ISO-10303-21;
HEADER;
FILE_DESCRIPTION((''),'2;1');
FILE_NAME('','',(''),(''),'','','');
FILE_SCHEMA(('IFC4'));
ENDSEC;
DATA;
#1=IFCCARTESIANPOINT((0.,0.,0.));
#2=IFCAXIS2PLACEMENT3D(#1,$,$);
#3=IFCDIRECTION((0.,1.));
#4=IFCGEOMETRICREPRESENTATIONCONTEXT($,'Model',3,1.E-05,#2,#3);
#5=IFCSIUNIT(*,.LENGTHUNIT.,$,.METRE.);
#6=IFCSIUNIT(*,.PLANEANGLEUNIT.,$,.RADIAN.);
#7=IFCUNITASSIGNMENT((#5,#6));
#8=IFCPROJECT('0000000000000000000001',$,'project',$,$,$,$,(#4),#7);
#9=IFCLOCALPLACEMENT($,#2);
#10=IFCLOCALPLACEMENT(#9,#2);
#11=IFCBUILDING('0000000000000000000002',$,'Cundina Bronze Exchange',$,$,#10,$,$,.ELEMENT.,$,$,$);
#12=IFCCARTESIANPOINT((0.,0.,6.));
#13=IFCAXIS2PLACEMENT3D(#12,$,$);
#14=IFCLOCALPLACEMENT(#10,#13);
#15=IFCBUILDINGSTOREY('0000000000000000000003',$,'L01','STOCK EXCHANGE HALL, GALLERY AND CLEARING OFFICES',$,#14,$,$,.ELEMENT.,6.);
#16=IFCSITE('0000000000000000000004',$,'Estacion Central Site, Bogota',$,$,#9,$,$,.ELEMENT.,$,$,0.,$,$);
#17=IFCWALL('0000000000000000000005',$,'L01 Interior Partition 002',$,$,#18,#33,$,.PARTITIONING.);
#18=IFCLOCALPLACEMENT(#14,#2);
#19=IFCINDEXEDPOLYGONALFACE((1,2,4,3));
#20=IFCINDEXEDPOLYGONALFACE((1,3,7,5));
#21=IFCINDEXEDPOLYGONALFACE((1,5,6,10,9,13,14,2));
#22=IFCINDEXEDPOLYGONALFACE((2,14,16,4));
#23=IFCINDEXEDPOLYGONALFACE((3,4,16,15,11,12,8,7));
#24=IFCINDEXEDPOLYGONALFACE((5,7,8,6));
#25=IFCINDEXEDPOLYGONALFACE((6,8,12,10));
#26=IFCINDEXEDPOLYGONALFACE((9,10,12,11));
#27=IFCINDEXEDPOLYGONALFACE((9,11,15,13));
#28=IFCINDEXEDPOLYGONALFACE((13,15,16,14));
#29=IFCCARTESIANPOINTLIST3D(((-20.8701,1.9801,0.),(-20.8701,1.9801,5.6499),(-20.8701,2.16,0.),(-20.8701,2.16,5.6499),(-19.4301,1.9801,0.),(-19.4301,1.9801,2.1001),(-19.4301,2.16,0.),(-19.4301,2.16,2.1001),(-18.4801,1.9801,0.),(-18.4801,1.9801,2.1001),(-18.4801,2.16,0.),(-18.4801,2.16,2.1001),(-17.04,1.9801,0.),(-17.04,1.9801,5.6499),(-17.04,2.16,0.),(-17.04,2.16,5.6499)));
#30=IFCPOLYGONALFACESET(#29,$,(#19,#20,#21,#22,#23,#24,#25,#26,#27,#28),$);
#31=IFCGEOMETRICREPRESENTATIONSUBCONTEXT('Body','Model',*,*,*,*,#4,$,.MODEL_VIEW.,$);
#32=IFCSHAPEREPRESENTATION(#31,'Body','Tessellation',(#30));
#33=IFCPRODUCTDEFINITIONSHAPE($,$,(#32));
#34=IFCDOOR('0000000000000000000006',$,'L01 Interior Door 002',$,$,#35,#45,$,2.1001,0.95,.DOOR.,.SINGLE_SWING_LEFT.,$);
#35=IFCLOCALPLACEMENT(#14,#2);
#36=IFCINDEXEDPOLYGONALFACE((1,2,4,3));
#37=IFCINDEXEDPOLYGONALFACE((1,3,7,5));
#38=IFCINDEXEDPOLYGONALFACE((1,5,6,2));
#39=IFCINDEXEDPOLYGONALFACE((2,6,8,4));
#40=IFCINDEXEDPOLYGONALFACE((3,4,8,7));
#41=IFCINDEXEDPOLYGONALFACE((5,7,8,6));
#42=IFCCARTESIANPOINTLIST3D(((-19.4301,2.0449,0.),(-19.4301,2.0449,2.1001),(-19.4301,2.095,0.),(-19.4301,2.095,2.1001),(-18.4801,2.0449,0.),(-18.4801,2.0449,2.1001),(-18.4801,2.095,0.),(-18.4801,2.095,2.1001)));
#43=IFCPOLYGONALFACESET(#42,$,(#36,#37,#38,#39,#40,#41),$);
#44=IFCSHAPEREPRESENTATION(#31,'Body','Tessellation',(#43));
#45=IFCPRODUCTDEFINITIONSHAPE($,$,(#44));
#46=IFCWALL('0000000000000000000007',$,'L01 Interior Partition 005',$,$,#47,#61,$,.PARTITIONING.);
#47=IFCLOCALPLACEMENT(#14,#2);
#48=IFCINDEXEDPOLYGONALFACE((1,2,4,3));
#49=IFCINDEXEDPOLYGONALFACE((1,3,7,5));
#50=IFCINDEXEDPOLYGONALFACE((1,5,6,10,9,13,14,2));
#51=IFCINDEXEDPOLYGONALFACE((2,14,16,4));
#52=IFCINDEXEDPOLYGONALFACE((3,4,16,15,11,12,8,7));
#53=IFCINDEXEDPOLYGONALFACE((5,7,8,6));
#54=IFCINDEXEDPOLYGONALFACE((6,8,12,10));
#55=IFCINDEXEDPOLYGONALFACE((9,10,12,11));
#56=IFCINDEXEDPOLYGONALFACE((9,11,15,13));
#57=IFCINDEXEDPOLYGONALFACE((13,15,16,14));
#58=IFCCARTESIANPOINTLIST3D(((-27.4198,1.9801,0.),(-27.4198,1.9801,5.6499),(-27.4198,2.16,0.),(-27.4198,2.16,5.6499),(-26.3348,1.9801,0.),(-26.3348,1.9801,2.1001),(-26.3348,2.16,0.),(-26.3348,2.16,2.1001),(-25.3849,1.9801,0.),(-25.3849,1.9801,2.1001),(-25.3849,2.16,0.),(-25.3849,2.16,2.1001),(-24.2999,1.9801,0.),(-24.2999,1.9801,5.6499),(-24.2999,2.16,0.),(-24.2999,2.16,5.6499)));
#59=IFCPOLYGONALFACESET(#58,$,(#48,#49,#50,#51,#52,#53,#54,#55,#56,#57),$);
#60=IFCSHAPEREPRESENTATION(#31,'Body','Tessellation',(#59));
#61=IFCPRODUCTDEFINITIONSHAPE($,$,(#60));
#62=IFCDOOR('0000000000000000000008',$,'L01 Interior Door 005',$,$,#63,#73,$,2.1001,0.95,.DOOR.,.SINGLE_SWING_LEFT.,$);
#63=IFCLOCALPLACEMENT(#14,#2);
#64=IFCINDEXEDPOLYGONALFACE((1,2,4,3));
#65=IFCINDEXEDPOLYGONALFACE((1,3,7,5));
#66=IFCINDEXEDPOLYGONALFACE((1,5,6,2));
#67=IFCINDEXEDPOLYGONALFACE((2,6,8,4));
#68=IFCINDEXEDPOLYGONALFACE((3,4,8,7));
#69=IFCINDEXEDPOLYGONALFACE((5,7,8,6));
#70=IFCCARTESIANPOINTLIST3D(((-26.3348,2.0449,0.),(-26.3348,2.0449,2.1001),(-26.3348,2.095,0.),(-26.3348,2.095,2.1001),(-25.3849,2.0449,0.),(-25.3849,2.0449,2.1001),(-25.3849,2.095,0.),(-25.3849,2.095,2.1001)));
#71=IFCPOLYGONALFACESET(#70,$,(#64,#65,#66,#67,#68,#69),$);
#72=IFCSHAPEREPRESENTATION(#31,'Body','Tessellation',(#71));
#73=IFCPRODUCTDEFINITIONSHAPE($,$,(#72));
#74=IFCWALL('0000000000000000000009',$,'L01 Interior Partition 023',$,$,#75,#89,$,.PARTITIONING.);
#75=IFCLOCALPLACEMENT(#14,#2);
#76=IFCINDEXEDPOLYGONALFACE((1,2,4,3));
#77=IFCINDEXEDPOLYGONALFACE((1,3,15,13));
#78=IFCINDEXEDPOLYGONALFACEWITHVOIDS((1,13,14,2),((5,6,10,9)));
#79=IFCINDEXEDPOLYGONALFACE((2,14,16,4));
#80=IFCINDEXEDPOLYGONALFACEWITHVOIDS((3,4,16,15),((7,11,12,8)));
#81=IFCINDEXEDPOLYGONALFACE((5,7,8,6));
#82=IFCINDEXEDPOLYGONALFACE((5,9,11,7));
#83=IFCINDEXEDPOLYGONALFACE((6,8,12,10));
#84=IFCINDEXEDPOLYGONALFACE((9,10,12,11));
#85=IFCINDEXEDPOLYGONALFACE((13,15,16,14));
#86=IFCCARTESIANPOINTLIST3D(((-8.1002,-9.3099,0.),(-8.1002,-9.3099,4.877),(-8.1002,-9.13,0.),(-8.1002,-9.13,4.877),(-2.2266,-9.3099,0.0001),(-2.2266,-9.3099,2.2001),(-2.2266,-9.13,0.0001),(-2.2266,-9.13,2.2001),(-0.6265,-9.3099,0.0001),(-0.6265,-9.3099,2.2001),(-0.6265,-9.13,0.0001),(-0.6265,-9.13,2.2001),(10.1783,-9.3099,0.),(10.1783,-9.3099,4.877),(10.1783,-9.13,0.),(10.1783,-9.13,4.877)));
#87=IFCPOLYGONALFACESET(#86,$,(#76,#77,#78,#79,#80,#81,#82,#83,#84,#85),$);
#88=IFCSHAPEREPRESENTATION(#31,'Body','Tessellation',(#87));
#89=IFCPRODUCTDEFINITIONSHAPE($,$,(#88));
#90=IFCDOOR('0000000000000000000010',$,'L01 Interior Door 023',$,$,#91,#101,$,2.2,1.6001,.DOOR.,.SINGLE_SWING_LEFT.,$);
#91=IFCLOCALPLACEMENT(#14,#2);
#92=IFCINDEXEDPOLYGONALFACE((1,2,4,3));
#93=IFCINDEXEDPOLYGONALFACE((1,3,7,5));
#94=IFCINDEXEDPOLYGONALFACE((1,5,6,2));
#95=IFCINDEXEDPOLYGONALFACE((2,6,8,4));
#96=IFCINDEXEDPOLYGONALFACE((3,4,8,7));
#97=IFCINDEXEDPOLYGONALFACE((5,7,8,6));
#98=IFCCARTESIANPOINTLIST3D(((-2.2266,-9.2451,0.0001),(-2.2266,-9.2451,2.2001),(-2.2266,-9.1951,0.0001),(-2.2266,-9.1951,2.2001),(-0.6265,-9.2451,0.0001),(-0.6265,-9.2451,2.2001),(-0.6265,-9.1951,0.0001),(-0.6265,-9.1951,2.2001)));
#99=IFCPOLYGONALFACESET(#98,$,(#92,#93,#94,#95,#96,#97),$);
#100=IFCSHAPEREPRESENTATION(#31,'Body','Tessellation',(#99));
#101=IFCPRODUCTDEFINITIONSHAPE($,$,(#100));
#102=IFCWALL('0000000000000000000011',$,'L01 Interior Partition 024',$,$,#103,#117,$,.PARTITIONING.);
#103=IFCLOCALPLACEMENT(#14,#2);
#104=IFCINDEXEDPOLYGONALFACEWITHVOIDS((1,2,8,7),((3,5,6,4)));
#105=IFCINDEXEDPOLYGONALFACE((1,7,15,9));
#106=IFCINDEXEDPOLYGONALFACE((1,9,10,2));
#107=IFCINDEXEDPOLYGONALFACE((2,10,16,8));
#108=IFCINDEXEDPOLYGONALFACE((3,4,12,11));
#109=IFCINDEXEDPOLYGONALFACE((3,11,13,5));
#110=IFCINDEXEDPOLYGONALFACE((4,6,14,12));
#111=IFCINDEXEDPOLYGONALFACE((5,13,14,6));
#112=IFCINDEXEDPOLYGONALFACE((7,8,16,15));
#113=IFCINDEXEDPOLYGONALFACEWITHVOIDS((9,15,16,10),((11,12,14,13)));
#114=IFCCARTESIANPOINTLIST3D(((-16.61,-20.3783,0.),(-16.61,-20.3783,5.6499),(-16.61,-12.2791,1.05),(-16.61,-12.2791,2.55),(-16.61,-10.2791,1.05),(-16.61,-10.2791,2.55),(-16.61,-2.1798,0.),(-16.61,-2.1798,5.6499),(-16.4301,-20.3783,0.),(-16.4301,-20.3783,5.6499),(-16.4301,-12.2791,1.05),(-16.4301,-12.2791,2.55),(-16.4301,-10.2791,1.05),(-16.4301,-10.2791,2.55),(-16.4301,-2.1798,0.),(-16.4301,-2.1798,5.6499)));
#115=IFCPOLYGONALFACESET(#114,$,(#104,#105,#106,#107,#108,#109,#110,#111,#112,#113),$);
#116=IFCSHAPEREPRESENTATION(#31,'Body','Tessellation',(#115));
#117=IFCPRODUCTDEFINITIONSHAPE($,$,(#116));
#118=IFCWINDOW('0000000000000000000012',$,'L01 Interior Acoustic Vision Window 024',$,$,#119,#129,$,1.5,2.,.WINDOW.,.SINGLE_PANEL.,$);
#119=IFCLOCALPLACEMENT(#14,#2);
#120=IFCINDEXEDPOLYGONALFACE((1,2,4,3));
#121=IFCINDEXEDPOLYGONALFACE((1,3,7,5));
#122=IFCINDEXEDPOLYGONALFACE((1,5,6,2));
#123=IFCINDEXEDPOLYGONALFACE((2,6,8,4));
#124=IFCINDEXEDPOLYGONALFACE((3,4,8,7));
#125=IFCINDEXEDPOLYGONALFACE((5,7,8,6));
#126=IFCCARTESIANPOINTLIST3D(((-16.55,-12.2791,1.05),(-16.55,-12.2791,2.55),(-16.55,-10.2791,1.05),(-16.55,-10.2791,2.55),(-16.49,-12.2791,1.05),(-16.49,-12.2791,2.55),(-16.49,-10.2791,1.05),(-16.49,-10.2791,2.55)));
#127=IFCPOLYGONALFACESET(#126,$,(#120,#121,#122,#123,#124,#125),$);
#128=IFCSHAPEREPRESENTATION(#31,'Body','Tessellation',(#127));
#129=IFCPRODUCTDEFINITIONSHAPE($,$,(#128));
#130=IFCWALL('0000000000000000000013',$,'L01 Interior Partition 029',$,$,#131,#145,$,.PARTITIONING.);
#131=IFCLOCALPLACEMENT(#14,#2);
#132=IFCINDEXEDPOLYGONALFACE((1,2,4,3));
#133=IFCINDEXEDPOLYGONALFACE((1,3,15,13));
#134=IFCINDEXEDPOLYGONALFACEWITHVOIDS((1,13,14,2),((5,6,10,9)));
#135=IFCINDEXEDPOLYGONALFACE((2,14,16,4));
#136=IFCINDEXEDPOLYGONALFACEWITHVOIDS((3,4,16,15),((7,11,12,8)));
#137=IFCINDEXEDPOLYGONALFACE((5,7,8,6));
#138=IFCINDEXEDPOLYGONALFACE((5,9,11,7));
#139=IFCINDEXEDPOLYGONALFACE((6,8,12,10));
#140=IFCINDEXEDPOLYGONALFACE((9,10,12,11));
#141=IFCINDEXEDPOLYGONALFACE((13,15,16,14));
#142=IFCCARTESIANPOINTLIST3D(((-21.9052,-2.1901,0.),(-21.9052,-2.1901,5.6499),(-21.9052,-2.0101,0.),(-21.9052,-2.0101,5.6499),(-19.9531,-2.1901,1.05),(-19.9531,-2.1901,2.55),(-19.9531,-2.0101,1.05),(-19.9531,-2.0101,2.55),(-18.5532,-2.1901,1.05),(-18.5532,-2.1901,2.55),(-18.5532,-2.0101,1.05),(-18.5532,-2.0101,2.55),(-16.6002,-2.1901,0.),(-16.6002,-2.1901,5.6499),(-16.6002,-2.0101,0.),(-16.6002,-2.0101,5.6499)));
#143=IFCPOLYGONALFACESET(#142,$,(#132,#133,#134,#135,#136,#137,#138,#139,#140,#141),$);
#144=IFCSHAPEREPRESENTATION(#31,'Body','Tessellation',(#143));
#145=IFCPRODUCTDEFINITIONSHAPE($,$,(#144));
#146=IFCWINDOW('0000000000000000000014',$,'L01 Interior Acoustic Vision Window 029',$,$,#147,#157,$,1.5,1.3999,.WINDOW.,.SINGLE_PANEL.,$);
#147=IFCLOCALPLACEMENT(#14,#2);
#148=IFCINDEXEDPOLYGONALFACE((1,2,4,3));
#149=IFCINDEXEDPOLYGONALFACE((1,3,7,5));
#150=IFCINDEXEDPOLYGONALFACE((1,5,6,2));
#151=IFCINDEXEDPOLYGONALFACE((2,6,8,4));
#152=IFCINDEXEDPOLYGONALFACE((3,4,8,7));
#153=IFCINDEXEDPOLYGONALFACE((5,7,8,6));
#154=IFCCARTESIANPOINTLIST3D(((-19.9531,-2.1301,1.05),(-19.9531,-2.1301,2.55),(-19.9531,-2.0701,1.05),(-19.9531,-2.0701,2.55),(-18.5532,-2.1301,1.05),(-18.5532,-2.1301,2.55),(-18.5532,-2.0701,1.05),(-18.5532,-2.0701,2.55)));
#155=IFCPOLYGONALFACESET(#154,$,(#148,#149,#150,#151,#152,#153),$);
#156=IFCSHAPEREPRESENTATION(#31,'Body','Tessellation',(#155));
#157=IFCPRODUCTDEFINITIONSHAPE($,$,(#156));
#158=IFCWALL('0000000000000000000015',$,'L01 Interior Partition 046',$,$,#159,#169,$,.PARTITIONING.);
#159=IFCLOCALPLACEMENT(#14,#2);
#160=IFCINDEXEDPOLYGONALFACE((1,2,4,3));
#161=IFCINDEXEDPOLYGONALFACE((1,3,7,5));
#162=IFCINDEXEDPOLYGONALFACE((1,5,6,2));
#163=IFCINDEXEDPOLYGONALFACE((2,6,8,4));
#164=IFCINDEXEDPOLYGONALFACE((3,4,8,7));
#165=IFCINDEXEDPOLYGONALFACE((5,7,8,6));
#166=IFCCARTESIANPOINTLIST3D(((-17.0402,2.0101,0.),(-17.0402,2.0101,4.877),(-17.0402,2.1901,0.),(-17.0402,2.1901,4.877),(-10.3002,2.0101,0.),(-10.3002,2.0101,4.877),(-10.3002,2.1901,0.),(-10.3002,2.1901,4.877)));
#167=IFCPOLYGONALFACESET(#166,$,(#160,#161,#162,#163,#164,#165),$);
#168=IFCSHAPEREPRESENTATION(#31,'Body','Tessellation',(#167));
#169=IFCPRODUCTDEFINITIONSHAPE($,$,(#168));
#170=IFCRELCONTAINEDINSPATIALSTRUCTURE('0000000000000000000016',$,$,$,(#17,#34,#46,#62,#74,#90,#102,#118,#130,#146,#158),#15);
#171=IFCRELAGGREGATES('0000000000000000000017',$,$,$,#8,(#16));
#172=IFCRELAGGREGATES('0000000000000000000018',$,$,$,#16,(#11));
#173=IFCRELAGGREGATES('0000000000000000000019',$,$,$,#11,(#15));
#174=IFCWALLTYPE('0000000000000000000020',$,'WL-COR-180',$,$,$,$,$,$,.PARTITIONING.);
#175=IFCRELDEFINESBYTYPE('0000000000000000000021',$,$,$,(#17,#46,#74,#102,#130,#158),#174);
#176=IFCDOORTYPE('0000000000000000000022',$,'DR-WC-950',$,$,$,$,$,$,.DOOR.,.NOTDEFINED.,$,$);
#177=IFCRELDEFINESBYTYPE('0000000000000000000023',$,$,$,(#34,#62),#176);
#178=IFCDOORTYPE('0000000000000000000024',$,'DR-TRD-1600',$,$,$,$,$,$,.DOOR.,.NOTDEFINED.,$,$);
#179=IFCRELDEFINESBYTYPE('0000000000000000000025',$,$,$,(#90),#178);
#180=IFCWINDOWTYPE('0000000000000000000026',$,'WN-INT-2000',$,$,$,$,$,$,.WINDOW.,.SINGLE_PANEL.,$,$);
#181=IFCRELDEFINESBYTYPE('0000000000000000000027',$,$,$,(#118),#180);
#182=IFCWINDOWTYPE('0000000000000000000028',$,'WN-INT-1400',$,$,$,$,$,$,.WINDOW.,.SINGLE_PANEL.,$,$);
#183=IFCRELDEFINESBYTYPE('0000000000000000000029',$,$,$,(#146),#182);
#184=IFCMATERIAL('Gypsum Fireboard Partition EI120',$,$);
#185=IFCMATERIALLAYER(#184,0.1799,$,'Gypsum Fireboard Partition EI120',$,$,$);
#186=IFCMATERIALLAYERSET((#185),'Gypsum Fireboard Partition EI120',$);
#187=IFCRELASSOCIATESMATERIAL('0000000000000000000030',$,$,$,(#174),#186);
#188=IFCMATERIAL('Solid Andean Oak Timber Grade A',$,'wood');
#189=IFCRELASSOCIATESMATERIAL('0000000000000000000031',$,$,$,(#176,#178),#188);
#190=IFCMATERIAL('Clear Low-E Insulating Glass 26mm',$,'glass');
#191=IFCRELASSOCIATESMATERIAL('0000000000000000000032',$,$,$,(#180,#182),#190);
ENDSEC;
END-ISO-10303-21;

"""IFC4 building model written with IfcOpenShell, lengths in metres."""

from ifc_helpers import new_model, si_unit, direction, frame, frame_2d, origin, place, context, subcontext, project, spatial, rectangle, extrude, material, layer, layer_set, type_object, element, fill, save


model = new_model("IFC4")

# Units and contexts
model_context = context("Model", 3, precision=1e-05, world=origin(), true_north=direction((0.0, 1.0)))
body_context = subcontext(model_context, "Body", "Model", "MODEL_VIEW")
ifc_project = project(units=[si_unit("LENGTHUNIT", "METRE"), si_unit("PLANEANGLEUNIT", "RADIAN")], contexts=[model_context])

# Site, building, storey
site_placement = place(None, origin())
site = spatial("IfcSite", under=ifc_project, at=site_placement, Name="Estacion Central Site, Bogota", CompositionType="ELEMENT", RefElevation=0.0)
building_placement = place(site_placement, origin())
building = spatial("IfcBuilding", under=site, at=building_placement, Name="Cundina Bronze Exchange", CompositionType="ELEMENT")
storey_placement = place(building_placement, frame((0.0, 0.0, 6.0)))
storey = spatial("IfcBuildingStorey", under=building, at=storey_placement, Name="L01", Description="STOCK EXCHANGE HALL, GALLERY AND CLEARING OFFICES", CompositionType="ELEMENT", Elevation=6.0)

# Shared definitions
ifc_material_1 = material(Name="Gypsum Fireboard Partition EI120")
ifc_layer_1 = layer(ifc_material_1, 0.1799, Name="Gypsum Fireboard Partition EI120")
ifc_layer_set_1 = layer_set([ifc_layer_1], Name="Gypsum Fireboard Partition EI120")
wall_type_1 = type_object("IfcWallType", Name="WL-COR-180", PredefinedType="PARTITIONING", material=ifc_layer_set_1)

# Walls, openings, doors
wall_1_placement = place(storey_placement, frame((-20.8701, 2.0701, 0.0), z_axis=(0.0, 0.0, 1.0), x_axis=(1.0, 0.0, 0.0)))
wall_1 = element("IfcWall", 1, at=wall_1_placement, inside=storey, type_object=wall_type_1, Name="L01 Interior Partition 002", PredefinedType="PARTITIONING", context=body_context, shape_type="SweptSolid", body=[
    extrude(rectangle(XDim=3.8301, YDim=0.1799, at=frame_2d((1.915, 0.0))), origin(), (0.0, 0.0, 1.0), 5.6499),
])
opening_1_placement = place(wall_1_placement, frame((1.4399, 0.0, 0.0)))
opening_1 = element("IfcOpeningElement", 2, at=opening_1_placement, cuts=wall_1, PredefinedType="OPENING", context=body_context, shape_type="SweptSolid", body=[
    extrude(rectangle(XDim=0.95, YDim=2.1001, at=frame_2d((0.4751, 1.05))), frame((0.0, 0.0999, 0.0), z_axis=(0.0, -1.0, 0.0), x_axis=(1.0, 0.0, 0.0)), (0.0, 0.0, 1.0), 0.2),
])
ifc_material_2 = material(Name="Solid Andean Oak Timber Grade A", Category="wood")
door_type_1 = type_object("IfcDoorType", Name="DR-WC-950", OperationType="NOTDEFINED", PredefinedType="DOOR", material=ifc_material_2)
door_1_placement = place(opening_1_placement, origin())
door_1 = element("IfcDoor", 3, at=door_1_placement, inside=storey, type_object=door_type_1, Name="L01 Interior Door 002", OperationType="SINGLE_SWING_LEFT", OverallHeight=2.1001, OverallWidth=0.95, PredefinedType="DOOR", context=body_context, shape_type="SweptSolid", body=[
    extrude(rectangle(XDim=0.95, YDim=2.1001, at=frame_2d((0.4751, 1.05))), frame((0.0, 0.0249, 0.0), z_axis=(0.0, -1.0, 0.0), x_axis=(1.0, 0.0, 0.0)), (0.0, 0.0, 1.0), 0.05),
])
fill(opening_1, door_1)
wall_2_placement = place(storey_placement, frame((-27.4199, 2.0701, 0.0), z_axis=(0.0, 0.0, 1.0), x_axis=(1.0, 0.0, 0.0)))
wall_2 = element("IfcWall", 4, at=wall_2_placement, inside=storey, type_object=wall_type_1, Name="L01 Interior Partition 005", PredefinedType="PARTITIONING", context=body_context, shape_type="SweptSolid", body=[
    extrude(rectangle(XDim=3.1199, YDim=0.1799, at=frame_2d((1.5601, 0.0))), origin(), (0.0, 0.0, 1.0), 5.6499),
])
opening_2_placement = place(wall_2_placement, frame((1.085, 0.0, 0.0)))
opening_2 = element("IfcOpeningElement", 5, at=opening_2_placement, cuts=wall_2, PredefinedType="OPENING", context=body_context, shape_type="SweptSolid", body=[
    extrude(rectangle(XDim=0.95, YDim=2.1001, at=frame_2d((0.4751, 1.05))), frame((0.0, 0.0999, 0.0), z_axis=(0.0, -1.0, 0.0), x_axis=(1.0, 0.0, 0.0)), (0.0, 0.0, 1.0), 0.2),
])
door_2_placement = place(opening_2_placement, origin())
door_2 = element("IfcDoor", 6, at=door_2_placement, inside=storey, type_object=door_type_1, Name="L01 Interior Door 005", OperationType="SINGLE_SWING_LEFT", OverallHeight=2.1001, OverallWidth=0.95, PredefinedType="DOOR", context=body_context, shape_type="SweptSolid", body=[
    extrude(rectangle(XDim=0.95, YDim=2.1001, at=frame_2d((0.4751, 1.05))), frame((0.0, 0.0249, 0.0), z_axis=(0.0, -1.0, 0.0), x_axis=(1.0, 0.0, 0.0)), (0.0, 0.0, 1.0), 0.05),
])
fill(opening_2, door_2)
wall_3_placement = place(storey_placement, frame((-8.1001, -9.22, 0.0), z_axis=(0.0, 0.0, 1.0), x_axis=(1.0, 0.0, 0.0)))
wall_3 = element("IfcWall", 7, at=wall_3_placement, inside=storey, type_object=wall_type_1, Name="L01 Interior Partition 023", PredefinedType="PARTITIONING", context=body_context, shape_type="SweptSolid", body=[
    extrude(rectangle(XDim=18.2786, YDim=0.1799, at=frame_2d((9.1392, 0.0))), origin(), (0.0, 0.0, 1.0), 4.877),
])
opening_3_placement = place(wall_3_placement, frame((5.8735, 0.0, 0.0)))
opening_3 = element("IfcOpeningElement", 8, at=opening_3_placement, cuts=wall_3, PredefinedType="OPENING", context=body_context, shape_type="SweptSolid", body=[
    extrude(rectangle(XDim=1.6001, YDim=2.2, at=frame_2d((0.8, 1.1001))), frame((0.0, 0.0999, 0.0), z_axis=(0.0, -1.0, 0.0), x_axis=(1.0, 0.0, 0.0)), (0.0, 0.0, 1.0), 0.2),
])
door_type_2 = type_object("IfcDoorType", Name="DR-TRD-1600", OperationType="NOTDEFINED", PredefinedType="DOOR", material=ifc_material_2)
door_3_placement = place(opening_3_placement, origin())
door_3 = element("IfcDoor", 9, at=door_3_placement, inside=storey, type_object=door_type_2, Name="L01 Interior Door 023", OperationType="SINGLE_SWING_LEFT", OverallHeight=2.2, OverallWidth=1.6001, PredefinedType="DOOR", context=body_context, shape_type="SweptSolid", body=[
    extrude(rectangle(XDim=1.6001, YDim=2.2, at=frame_2d((0.8, 1.1001))), frame((0.0, 0.0249, 0.0), z_axis=(0.0, -1.0, 0.0), x_axis=(1.0, 0.0, 0.0)), (0.0, 0.0, 1.0), 0.05),
])
fill(opening_3, door_3)

# Walls, openings, windows
wall_4_placement = place(storey_placement, frame((-16.52, -2.1799, 0.0), z_axis=(0.0, 0.0, 1.0), x_axis=(0.0, -1.0, 0.0)))
wall_4 = element("IfcWall", 10, at=wall_4_placement, inside=storey, type_object=wall_type_1, Name="L01 Interior Partition 024", PredefinedType="PARTITIONING", context=body_context, shape_type="SweptSolid", body=[
    extrude(rectangle(XDim=18.1985, YDim=0.1799, at=frame_2d((9.0991, 0.0))), origin(), (0.0, 0.0, 1.0), 5.6499),
])
opening_4_placement = place(wall_4_placement, frame((8.0991, 0.0, 1.05)))
opening_4 = element("IfcOpeningElement", 11, at=opening_4_placement, cuts=wall_4, PredefinedType="OPENING", context=body_context, shape_type="SweptSolid", body=[
    extrude(rectangle(XDim=2.0, YDim=1.5, at=frame_2d((1.0, 0.75))), frame((0.0, 0.0999, 0.0), z_axis=(0.0, -1.0, 0.0), x_axis=(1.0, 0.0, 0.0)), (0.0, 0.0, 1.0), 0.2),
])
ifc_material_3 = material(Name="Clear Low-E Insulating Glass 26mm", Category="glass")
window_type_1 = type_object("IfcWindowType", Name="WN-INT-2000", PartitioningType="SINGLE_PANEL", PredefinedType="WINDOW", material=ifc_material_3)
window_1_placement = place(opening_4_placement, origin())
window_1 = element("IfcWindow", 12, at=window_1_placement, inside=storey, type_object=window_type_1, Name="L01 Interior Acoustic Vision Window 024", OverallHeight=1.5, OverallWidth=2.0, PartitioningType="SINGLE_PANEL", PredefinedType="WINDOW", context=body_context, shape_type="SweptSolid", body=[
    extrude(rectangle(XDim=2.0, YDim=1.5, at=frame_2d((1.0, 0.75))), frame((0.0, 0.03, 0.0), z_axis=(0.0, -1.0, 0.0), x_axis=(1.0, 0.0, 0.0)), (0.0, 0.0, 1.0), 0.0601),
])
fill(opening_4, window_1)
wall_5_placement = place(storey_placement, frame((-21.905, -2.1001, 0.0), z_axis=(0.0, 0.0, 1.0), x_axis=(1.0, 0.0, 0.0)))
wall_5 = element("IfcWall", 13, at=wall_5_placement, inside=storey, type_object=wall_type_1, Name="L01 Interior Partition 029", PredefinedType="PARTITIONING", context=body_context, shape_type="SweptSolid", body=[
    extrude(rectangle(XDim=5.3049, YDim=0.1799, at=frame_2d((2.6523, 0.0))), origin(), (0.0, 0.0, 1.0), 5.6499),
])
opening_5_placement = place(wall_5_placement, frame((1.9519, 0.0, 1.05)))
opening_5 = element("IfcOpeningElement", 14, at=opening_5_placement, cuts=wall_5, PredefinedType="OPENING", context=body_context, shape_type="SweptSolid", body=[
    extrude(rectangle(XDim=1.3999, YDim=1.5, at=frame_2d((0.7, 0.75))), frame((0.0, 0.0999, 0.0), z_axis=(0.0, -1.0, 0.0), x_axis=(1.0, 0.0, 0.0)), (0.0, 0.0, 1.0), 0.2),
])
window_type_2 = type_object("IfcWindowType", Name="WN-INT-1400", PartitioningType="SINGLE_PANEL", PredefinedType="WINDOW", material=ifc_material_3)
window_2_placement = place(opening_5_placement, origin())
window_2 = element("IfcWindow", 15, at=window_2_placement, inside=storey, type_object=window_type_2, Name="L01 Interior Acoustic Vision Window 029", OverallHeight=1.5, OverallWidth=1.3999, PartitioningType="SINGLE_PANEL", PredefinedType="WINDOW", context=body_context, shape_type="SweptSolid", body=[
    extrude(rectangle(XDim=1.3999, YDim=1.5, at=frame_2d((0.7, 0.75))), frame((0.0, 0.03, 0.0), z_axis=(0.0, -1.0, 0.0), x_axis=(1.0, 0.0, 0.0)), (0.0, 0.0, 1.0), 0.0601),
])
fill(opening_5, window_2)

# Wall
wall_6_placement = place(storey_placement, frame((-10.3, 2.1001, 0.0), z_axis=(0.0, 0.0, 1.0), x_axis=(-1.0, 0.0, 0.0)))
element("IfcWall", 16, at=wall_6_placement, inside=storey, type_object=wall_type_1, Name="L01 Interior Partition 046", PredefinedType="PARTITIONING", context=body_context, shape_type="SweptSolid", body=[
    extrude(rectangle(XDim=6.74, YDim=0.1799, at=frame_2d((3.3701, 0.0))), origin(), (0.0, 0.0, 1.0), 4.877),
])

save(model, "model.ifc")
